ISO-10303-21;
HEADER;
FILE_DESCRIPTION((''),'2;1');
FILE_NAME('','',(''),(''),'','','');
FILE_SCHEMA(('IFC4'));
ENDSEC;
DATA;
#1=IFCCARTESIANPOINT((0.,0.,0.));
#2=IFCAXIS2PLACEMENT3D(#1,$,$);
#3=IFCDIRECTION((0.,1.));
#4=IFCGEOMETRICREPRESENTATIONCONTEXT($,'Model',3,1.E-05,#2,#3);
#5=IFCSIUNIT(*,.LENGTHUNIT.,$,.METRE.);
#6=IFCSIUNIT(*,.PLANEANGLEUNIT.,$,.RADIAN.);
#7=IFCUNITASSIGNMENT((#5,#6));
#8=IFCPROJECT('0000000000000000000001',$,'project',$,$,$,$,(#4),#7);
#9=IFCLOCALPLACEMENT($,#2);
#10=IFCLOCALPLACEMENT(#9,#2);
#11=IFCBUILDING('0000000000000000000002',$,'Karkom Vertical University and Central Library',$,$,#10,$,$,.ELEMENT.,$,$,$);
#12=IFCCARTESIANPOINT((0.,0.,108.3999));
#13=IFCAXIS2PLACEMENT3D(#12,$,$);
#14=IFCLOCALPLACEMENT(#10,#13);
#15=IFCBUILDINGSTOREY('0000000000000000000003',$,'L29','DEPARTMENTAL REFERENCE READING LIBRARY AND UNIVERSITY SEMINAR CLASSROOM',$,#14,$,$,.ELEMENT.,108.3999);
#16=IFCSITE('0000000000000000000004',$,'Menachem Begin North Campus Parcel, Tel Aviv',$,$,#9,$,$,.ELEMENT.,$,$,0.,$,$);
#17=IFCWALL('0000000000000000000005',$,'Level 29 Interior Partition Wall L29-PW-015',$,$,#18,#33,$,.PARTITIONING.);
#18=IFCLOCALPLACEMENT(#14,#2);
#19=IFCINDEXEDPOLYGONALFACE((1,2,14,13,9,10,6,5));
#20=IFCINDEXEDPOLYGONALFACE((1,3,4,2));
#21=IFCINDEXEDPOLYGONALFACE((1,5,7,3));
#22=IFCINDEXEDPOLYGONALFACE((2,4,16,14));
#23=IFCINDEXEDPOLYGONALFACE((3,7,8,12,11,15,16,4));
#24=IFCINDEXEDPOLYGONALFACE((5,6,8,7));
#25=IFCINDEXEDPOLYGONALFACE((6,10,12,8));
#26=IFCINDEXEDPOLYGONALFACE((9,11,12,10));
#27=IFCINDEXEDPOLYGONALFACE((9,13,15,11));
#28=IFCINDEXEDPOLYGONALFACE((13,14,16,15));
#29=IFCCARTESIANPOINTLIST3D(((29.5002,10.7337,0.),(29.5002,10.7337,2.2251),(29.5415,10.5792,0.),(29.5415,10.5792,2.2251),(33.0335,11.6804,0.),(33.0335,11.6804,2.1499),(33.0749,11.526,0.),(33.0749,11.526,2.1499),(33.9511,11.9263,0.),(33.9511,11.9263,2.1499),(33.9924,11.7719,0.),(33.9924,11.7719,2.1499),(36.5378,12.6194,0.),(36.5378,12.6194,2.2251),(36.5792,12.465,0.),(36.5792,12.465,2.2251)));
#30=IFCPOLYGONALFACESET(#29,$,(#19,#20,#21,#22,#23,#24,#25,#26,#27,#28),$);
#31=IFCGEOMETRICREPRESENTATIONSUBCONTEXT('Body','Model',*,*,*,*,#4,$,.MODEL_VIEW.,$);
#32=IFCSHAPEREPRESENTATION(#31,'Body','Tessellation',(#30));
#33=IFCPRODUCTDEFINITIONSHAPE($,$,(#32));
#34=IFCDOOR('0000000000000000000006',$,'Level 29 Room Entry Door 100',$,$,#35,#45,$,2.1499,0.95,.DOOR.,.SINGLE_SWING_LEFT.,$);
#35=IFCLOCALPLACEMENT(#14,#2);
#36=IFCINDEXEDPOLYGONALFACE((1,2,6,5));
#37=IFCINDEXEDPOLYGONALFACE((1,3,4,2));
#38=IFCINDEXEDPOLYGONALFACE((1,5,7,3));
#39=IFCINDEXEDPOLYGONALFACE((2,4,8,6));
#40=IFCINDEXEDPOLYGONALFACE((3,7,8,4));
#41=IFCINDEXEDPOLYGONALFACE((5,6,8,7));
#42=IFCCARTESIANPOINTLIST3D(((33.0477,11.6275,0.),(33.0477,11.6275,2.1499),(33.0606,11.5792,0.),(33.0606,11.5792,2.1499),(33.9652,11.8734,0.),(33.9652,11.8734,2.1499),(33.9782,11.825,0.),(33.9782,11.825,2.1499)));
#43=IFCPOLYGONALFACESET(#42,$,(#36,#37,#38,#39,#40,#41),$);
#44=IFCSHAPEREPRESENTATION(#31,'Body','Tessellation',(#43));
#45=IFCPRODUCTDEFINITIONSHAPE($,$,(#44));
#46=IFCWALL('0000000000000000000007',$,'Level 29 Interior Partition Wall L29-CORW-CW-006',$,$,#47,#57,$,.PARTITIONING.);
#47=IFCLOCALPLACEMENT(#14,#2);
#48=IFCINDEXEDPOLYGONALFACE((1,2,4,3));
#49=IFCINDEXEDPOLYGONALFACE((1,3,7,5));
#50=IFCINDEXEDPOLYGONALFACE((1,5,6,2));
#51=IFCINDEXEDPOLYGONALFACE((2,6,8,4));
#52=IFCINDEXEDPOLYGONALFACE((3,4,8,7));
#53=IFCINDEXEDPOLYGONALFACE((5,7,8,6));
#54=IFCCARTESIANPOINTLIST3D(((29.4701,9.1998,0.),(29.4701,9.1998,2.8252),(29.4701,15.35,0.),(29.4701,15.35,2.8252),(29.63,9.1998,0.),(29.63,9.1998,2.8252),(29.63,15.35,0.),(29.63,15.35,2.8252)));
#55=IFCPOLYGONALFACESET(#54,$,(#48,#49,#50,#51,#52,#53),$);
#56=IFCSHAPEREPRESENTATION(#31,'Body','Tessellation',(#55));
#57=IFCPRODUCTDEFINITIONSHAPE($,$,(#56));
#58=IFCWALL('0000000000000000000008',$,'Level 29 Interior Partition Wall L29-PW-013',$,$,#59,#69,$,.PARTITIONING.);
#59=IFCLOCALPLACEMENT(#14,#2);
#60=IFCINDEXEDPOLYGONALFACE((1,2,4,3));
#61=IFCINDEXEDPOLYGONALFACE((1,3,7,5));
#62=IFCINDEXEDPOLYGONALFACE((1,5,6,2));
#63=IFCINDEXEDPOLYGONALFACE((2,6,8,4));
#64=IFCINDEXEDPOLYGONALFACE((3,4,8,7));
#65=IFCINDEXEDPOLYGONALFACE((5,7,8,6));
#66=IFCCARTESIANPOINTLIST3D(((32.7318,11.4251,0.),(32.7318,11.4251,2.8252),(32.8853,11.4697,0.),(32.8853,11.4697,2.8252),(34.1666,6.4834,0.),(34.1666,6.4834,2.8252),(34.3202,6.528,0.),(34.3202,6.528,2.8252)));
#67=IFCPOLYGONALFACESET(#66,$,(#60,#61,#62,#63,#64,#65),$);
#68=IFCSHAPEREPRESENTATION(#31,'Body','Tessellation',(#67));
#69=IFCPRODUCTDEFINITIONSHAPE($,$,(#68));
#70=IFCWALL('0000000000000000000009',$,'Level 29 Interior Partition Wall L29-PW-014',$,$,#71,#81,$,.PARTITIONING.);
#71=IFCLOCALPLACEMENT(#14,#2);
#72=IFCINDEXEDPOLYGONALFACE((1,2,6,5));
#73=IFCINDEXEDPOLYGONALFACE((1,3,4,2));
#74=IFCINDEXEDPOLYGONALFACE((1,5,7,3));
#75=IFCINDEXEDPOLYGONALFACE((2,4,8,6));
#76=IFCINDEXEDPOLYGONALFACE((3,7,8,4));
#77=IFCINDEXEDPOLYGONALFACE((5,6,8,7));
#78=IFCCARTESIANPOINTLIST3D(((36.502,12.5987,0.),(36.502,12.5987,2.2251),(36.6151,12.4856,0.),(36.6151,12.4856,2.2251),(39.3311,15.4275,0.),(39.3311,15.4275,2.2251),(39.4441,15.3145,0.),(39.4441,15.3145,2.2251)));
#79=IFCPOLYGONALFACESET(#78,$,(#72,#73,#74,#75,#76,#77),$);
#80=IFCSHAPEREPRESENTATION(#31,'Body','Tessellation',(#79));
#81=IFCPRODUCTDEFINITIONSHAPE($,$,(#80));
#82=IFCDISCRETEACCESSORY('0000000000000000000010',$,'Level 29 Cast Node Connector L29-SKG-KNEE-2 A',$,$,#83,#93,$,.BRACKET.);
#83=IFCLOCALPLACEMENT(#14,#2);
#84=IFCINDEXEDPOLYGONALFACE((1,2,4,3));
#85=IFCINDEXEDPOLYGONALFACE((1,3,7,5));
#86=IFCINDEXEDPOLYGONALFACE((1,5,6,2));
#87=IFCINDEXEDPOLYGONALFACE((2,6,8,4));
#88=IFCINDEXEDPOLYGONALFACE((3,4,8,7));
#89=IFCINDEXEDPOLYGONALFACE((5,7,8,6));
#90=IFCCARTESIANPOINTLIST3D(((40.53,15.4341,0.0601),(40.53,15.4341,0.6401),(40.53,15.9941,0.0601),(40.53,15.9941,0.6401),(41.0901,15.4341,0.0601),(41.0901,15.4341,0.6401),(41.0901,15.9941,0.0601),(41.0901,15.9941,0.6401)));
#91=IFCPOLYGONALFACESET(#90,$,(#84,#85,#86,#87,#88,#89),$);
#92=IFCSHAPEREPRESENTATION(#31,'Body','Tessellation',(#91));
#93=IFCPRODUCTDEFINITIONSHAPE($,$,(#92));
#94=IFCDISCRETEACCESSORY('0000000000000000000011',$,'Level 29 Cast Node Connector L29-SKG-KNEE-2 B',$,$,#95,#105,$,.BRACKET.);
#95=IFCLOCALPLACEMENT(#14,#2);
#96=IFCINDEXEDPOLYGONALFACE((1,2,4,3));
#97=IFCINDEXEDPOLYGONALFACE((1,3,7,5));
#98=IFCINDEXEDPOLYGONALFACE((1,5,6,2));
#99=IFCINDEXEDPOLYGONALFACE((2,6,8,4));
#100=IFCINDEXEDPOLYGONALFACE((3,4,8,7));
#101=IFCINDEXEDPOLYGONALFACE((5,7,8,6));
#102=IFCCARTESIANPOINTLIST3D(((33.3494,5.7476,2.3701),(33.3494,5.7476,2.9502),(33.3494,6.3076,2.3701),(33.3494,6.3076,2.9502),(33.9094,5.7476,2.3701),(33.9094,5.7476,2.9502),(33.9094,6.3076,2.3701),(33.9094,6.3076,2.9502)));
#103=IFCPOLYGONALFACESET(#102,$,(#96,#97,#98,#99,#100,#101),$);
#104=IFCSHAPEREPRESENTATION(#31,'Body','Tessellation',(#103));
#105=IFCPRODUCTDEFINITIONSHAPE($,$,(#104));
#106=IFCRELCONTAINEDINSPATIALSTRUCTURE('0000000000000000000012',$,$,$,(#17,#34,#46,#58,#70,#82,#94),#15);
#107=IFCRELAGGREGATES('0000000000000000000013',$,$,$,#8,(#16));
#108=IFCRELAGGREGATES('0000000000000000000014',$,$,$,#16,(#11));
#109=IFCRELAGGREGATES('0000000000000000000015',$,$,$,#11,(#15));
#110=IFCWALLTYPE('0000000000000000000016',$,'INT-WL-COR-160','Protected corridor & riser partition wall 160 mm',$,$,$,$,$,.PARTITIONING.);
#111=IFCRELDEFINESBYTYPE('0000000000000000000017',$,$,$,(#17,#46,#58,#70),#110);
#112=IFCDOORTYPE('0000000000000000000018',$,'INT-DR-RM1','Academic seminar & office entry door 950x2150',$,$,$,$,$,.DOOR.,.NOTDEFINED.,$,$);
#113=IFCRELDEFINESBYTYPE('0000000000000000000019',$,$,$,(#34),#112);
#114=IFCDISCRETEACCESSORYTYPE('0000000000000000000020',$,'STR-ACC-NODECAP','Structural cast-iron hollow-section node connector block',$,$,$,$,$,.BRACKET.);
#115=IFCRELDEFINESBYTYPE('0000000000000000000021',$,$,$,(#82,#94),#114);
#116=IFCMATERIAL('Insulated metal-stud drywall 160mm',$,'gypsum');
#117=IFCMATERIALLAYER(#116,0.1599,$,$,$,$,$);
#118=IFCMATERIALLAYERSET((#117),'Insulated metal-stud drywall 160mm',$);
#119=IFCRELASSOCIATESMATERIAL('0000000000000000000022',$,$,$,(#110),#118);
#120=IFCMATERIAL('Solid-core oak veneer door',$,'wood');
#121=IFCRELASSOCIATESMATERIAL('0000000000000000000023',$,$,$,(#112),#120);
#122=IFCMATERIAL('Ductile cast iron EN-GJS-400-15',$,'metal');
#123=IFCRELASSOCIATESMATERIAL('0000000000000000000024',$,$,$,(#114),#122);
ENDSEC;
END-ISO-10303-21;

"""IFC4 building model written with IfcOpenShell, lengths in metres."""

from ifc_helpers import new_model, si_unit, direction, frame, frame_2d, origin, origin_with_axes, origin_2d, place, context, subcontext, project, spatial, rectangle, extrude, source, transform, mapped, material, layer, layer_set, type_object, element, fill, save


model = new_model("IFC4")

# Units and contexts
model_context = context("Model", 3, precision=1e-05, world=origin(), true_north=direction((0.0, 1.0)))
body_context = subcontext(model_context, "Body", "Model", "MODEL_VIEW")
ifc_project = project(units=[si_unit("LENGTHUNIT", "METRE"), si_unit("PLANEANGLEUNIT", "RADIAN")], contexts=[model_context])

# Site, building, storey
site_placement = place(None, origin())
site = spatial("IfcSite", under=ifc_project, at=site_placement, Name="Menachem Begin North Campus Parcel, Tel Aviv", CompositionType="ELEMENT", RefElevation=0.0)
building_placement = place(site_placement, origin())
building = spatial("IfcBuilding", under=site, at=building_placement, Name="Karkom Vertical University and Central Library", CompositionType="ELEMENT")
storey_placement = place(building_placement, frame((0.0, 0.0, 108.3999)))
storey = spatial("IfcBuildingStorey", under=building, at=storey_placement, Name="L29", Description="DEPARTMENTAL REFERENCE READING LIBRARY AND UNIVERSITY SEMINAR CLASSROOM", CompositionType="ELEMENT", Elevation=108.3999)

# Shared definitions
ifc_material_1 = material(Name="Insulated metal-stud drywall 160mm", Category="gypsum")
ifc_layer_1 = layer(ifc_material_1, 0.1599)
ifc_layer_set_1 = layer_set([ifc_layer_1], Name="Insulated metal-stud drywall 160mm")
wall_type_1 = type_object("IfcWallType", Name="INT-WL-COR-160", Description="Protected corridor & riser partition wall 160 mm", PredefinedType="PARTITIONING", material=ifc_layer_set_1)

# Shared definitions
ifc_material_2 = material(Name="Solid-core oak veneer door", Category="wood")
door_type_1 = type_object("IfcDoorType", Name="INT-DR-RM1", Description="Academic seminar & office entry door 950x2150", OperationType="NOTDEFINED", PredefinedType="DOOR", material=ifc_material_2)
shared_shape_1 = source(origin_with_axes(), body_context, "Body", "SweptSolid", [
    extrude(rectangle(XDim=0.95, YDim=2.1499, at=frame_2d((0.4751, 1.075))), frame((0.0, 0.0249, 0.0), z_axis=(0.0, -1.0, 0.0), x_axis=(1.0, 0.0, 0.0)), (0.0, 0.0, 1.0), 0.05),
])

# Wall, opening, door
wall_1_placement = place(storey_placement, frame((36.5586, 12.5422, 0.0), z_axis=(0.0, 0.0, 1.0), x_axis=(-0.965925, -0.258822, 0.0)))
wall_1 = element("IfcWall", 1, at=wall_1_placement, inside=storey, type_object=wall_type_1, Name="Level 29 Interior Partition Wall L29-PW-015", PredefinedType="PARTITIONING", context=body_context, shape_type="SweptSolid", body=[
    extrude(rectangle(XDim=7.2859, YDim=0.1599, at=frame_2d((3.6431, 0.0))), origin(), (0.0, 0.0, 1.0), 2.2251),
])
opening_1_placement = place(wall_1_placement, frame((2.678, 0.0, 0.0)))
opening_1 = element("IfcOpeningElement", 2, at=opening_1_placement, cuts=wall_1, PredefinedType="OPENING", context=body_context, shape_type="SweptSolid", body=[
    extrude(rectangle(XDim=0.95, YDim=2.1499, at=frame_2d((0.4751, 1.075))), frame((0.0, 0.0898, 0.0), z_axis=(0.0, -1.0, 0.0), x_axis=(1.0, 0.0, 0.0)), (0.0, 0.0, 1.0), 0.1799),
])
door_1_placement = place(opening_1_placement, origin())
door_1 = element("IfcDoor", 3, at=door_1_placement, inside=storey, type_object=door_type_1, Name="Level 29 Room Entry Door 100", OperationType="SINGLE_SWING_LEFT", OverallHeight=2.1499, OverallWidth=0.95, PredefinedType="DOOR", context=body_context, shape_type="MappedRepresentation", body=[
    mapped(shared_shape_1, transform((0.0, 0.0, 0.0), scale=1.0)),
])
fill(opening_1, door_1)

# Walls
wall_2_placement = place(storey_placement, frame((29.55, 15.3501, 0.0), z_axis=(0.0, 0.0, 1.0), x_axis=(0.0, -1.0, 0.0)))
element("IfcWall", 4, at=wall_2_placement, inside=storey, type_object=wall_type_1, Name="Level 29 Interior Partition Wall L29-CORW-CW-006", PredefinedType="PARTITIONING", context=body_context, shape_type="SweptSolid", body=[
    extrude(rectangle(XDim=6.1501, YDim=0.1599, at=frame_2d((3.0752, 0.0))), origin(), (0.0, 0.0, 1.0), 2.8252),
])
wall_3_placement = place(storey_placement, frame((32.8086, 11.4473, 0.0), z_axis=(0.0, 0.0, 1.0), x_axis=(0.278836, -0.960339, 0.0)))
element("IfcWall", 5, at=wall_3_placement, inside=storey, type_object=wall_type_1, Name="Level 29 Interior Partition Wall L29-PW-013", PredefinedType="PARTITIONING", context=body_context, shape_type="SweptSolid", body=[
    extrude(rectangle(XDim=5.1458, YDim=0.1599, at=frame_2d((2.5728, 0.0))), origin(), (0.0, 0.0, 1.0), 2.8252),
])
wall_4_placement = place(storey_placement, frame((39.3877, 15.3711, 0.0), z_axis=(0.0, 0.0, 1.0), x_axis=(-0.707137, -0.707076, 0.0)))
element("IfcWall", 6, at=wall_4_placement, inside=storey, type_object=wall_type_1, Name="Level 29 Interior Partition Wall L29-PW-014", PredefinedType="PARTITIONING", context=body_context, shape_type="SweptSolid", body=[
    extrude(rectangle(XDim=4.0007, YDim=0.1599, at=frame_2d((2.0005, 0.0))), origin(), (0.0, 0.0, 1.0), 2.2251),
])

# Discrete accessories
ifc_material_3 = material(Name="Ductile cast iron EN-GJS-400-15", Category="metal")
discrete_accessory_type = type_object("IfcDiscreteAccessoryType", Name="STR-ACC-NODECAP", Description="Structural cast-iron hollow-section node connector block", PredefinedType="BRACKET", material=ifc_material_3)
shared_shape_2 = source(origin_with_axes(), body_context, "Body", "SweptSolid", [
    extrude(rectangle(XDim=0.5601, YDim=0.5601, at=origin_2d()), origin(), (0.0, 0.0, 1.0), 0.5801),
])
for number, where, z_axis, x_axis, name in (
    (7, (40.8101, 15.7141, 0.0601), (0.0, 0.0, 1.0), (1.0, 0.0, 0.0), "Level 29 Cast Node Connector L29-SKG-KNEE-2 A"),
    (8, (33.6294, 6.0276, 2.3701), (0.0, 0.0, 1.0), (1.0, 0.0, 0.0), "Level 29 Cast Node Connector L29-SKG-KNEE-2 B"),
):
    element("IfcDiscreteAccessory", number, at=place(storey_placement, frame(where, z_axis=z_axis, x_axis=x_axis)), inside=storey, type_object=discrete_accessory_type, Name=name, PredefinedType="BRACKET", context=body_context, shape_type="MappedRepresentation", body=[
        mapped(shared_shape_2, transform((0.0, 0.0, 0.0), scale=1.0)),
    ])

save(model, "model.ifc")
